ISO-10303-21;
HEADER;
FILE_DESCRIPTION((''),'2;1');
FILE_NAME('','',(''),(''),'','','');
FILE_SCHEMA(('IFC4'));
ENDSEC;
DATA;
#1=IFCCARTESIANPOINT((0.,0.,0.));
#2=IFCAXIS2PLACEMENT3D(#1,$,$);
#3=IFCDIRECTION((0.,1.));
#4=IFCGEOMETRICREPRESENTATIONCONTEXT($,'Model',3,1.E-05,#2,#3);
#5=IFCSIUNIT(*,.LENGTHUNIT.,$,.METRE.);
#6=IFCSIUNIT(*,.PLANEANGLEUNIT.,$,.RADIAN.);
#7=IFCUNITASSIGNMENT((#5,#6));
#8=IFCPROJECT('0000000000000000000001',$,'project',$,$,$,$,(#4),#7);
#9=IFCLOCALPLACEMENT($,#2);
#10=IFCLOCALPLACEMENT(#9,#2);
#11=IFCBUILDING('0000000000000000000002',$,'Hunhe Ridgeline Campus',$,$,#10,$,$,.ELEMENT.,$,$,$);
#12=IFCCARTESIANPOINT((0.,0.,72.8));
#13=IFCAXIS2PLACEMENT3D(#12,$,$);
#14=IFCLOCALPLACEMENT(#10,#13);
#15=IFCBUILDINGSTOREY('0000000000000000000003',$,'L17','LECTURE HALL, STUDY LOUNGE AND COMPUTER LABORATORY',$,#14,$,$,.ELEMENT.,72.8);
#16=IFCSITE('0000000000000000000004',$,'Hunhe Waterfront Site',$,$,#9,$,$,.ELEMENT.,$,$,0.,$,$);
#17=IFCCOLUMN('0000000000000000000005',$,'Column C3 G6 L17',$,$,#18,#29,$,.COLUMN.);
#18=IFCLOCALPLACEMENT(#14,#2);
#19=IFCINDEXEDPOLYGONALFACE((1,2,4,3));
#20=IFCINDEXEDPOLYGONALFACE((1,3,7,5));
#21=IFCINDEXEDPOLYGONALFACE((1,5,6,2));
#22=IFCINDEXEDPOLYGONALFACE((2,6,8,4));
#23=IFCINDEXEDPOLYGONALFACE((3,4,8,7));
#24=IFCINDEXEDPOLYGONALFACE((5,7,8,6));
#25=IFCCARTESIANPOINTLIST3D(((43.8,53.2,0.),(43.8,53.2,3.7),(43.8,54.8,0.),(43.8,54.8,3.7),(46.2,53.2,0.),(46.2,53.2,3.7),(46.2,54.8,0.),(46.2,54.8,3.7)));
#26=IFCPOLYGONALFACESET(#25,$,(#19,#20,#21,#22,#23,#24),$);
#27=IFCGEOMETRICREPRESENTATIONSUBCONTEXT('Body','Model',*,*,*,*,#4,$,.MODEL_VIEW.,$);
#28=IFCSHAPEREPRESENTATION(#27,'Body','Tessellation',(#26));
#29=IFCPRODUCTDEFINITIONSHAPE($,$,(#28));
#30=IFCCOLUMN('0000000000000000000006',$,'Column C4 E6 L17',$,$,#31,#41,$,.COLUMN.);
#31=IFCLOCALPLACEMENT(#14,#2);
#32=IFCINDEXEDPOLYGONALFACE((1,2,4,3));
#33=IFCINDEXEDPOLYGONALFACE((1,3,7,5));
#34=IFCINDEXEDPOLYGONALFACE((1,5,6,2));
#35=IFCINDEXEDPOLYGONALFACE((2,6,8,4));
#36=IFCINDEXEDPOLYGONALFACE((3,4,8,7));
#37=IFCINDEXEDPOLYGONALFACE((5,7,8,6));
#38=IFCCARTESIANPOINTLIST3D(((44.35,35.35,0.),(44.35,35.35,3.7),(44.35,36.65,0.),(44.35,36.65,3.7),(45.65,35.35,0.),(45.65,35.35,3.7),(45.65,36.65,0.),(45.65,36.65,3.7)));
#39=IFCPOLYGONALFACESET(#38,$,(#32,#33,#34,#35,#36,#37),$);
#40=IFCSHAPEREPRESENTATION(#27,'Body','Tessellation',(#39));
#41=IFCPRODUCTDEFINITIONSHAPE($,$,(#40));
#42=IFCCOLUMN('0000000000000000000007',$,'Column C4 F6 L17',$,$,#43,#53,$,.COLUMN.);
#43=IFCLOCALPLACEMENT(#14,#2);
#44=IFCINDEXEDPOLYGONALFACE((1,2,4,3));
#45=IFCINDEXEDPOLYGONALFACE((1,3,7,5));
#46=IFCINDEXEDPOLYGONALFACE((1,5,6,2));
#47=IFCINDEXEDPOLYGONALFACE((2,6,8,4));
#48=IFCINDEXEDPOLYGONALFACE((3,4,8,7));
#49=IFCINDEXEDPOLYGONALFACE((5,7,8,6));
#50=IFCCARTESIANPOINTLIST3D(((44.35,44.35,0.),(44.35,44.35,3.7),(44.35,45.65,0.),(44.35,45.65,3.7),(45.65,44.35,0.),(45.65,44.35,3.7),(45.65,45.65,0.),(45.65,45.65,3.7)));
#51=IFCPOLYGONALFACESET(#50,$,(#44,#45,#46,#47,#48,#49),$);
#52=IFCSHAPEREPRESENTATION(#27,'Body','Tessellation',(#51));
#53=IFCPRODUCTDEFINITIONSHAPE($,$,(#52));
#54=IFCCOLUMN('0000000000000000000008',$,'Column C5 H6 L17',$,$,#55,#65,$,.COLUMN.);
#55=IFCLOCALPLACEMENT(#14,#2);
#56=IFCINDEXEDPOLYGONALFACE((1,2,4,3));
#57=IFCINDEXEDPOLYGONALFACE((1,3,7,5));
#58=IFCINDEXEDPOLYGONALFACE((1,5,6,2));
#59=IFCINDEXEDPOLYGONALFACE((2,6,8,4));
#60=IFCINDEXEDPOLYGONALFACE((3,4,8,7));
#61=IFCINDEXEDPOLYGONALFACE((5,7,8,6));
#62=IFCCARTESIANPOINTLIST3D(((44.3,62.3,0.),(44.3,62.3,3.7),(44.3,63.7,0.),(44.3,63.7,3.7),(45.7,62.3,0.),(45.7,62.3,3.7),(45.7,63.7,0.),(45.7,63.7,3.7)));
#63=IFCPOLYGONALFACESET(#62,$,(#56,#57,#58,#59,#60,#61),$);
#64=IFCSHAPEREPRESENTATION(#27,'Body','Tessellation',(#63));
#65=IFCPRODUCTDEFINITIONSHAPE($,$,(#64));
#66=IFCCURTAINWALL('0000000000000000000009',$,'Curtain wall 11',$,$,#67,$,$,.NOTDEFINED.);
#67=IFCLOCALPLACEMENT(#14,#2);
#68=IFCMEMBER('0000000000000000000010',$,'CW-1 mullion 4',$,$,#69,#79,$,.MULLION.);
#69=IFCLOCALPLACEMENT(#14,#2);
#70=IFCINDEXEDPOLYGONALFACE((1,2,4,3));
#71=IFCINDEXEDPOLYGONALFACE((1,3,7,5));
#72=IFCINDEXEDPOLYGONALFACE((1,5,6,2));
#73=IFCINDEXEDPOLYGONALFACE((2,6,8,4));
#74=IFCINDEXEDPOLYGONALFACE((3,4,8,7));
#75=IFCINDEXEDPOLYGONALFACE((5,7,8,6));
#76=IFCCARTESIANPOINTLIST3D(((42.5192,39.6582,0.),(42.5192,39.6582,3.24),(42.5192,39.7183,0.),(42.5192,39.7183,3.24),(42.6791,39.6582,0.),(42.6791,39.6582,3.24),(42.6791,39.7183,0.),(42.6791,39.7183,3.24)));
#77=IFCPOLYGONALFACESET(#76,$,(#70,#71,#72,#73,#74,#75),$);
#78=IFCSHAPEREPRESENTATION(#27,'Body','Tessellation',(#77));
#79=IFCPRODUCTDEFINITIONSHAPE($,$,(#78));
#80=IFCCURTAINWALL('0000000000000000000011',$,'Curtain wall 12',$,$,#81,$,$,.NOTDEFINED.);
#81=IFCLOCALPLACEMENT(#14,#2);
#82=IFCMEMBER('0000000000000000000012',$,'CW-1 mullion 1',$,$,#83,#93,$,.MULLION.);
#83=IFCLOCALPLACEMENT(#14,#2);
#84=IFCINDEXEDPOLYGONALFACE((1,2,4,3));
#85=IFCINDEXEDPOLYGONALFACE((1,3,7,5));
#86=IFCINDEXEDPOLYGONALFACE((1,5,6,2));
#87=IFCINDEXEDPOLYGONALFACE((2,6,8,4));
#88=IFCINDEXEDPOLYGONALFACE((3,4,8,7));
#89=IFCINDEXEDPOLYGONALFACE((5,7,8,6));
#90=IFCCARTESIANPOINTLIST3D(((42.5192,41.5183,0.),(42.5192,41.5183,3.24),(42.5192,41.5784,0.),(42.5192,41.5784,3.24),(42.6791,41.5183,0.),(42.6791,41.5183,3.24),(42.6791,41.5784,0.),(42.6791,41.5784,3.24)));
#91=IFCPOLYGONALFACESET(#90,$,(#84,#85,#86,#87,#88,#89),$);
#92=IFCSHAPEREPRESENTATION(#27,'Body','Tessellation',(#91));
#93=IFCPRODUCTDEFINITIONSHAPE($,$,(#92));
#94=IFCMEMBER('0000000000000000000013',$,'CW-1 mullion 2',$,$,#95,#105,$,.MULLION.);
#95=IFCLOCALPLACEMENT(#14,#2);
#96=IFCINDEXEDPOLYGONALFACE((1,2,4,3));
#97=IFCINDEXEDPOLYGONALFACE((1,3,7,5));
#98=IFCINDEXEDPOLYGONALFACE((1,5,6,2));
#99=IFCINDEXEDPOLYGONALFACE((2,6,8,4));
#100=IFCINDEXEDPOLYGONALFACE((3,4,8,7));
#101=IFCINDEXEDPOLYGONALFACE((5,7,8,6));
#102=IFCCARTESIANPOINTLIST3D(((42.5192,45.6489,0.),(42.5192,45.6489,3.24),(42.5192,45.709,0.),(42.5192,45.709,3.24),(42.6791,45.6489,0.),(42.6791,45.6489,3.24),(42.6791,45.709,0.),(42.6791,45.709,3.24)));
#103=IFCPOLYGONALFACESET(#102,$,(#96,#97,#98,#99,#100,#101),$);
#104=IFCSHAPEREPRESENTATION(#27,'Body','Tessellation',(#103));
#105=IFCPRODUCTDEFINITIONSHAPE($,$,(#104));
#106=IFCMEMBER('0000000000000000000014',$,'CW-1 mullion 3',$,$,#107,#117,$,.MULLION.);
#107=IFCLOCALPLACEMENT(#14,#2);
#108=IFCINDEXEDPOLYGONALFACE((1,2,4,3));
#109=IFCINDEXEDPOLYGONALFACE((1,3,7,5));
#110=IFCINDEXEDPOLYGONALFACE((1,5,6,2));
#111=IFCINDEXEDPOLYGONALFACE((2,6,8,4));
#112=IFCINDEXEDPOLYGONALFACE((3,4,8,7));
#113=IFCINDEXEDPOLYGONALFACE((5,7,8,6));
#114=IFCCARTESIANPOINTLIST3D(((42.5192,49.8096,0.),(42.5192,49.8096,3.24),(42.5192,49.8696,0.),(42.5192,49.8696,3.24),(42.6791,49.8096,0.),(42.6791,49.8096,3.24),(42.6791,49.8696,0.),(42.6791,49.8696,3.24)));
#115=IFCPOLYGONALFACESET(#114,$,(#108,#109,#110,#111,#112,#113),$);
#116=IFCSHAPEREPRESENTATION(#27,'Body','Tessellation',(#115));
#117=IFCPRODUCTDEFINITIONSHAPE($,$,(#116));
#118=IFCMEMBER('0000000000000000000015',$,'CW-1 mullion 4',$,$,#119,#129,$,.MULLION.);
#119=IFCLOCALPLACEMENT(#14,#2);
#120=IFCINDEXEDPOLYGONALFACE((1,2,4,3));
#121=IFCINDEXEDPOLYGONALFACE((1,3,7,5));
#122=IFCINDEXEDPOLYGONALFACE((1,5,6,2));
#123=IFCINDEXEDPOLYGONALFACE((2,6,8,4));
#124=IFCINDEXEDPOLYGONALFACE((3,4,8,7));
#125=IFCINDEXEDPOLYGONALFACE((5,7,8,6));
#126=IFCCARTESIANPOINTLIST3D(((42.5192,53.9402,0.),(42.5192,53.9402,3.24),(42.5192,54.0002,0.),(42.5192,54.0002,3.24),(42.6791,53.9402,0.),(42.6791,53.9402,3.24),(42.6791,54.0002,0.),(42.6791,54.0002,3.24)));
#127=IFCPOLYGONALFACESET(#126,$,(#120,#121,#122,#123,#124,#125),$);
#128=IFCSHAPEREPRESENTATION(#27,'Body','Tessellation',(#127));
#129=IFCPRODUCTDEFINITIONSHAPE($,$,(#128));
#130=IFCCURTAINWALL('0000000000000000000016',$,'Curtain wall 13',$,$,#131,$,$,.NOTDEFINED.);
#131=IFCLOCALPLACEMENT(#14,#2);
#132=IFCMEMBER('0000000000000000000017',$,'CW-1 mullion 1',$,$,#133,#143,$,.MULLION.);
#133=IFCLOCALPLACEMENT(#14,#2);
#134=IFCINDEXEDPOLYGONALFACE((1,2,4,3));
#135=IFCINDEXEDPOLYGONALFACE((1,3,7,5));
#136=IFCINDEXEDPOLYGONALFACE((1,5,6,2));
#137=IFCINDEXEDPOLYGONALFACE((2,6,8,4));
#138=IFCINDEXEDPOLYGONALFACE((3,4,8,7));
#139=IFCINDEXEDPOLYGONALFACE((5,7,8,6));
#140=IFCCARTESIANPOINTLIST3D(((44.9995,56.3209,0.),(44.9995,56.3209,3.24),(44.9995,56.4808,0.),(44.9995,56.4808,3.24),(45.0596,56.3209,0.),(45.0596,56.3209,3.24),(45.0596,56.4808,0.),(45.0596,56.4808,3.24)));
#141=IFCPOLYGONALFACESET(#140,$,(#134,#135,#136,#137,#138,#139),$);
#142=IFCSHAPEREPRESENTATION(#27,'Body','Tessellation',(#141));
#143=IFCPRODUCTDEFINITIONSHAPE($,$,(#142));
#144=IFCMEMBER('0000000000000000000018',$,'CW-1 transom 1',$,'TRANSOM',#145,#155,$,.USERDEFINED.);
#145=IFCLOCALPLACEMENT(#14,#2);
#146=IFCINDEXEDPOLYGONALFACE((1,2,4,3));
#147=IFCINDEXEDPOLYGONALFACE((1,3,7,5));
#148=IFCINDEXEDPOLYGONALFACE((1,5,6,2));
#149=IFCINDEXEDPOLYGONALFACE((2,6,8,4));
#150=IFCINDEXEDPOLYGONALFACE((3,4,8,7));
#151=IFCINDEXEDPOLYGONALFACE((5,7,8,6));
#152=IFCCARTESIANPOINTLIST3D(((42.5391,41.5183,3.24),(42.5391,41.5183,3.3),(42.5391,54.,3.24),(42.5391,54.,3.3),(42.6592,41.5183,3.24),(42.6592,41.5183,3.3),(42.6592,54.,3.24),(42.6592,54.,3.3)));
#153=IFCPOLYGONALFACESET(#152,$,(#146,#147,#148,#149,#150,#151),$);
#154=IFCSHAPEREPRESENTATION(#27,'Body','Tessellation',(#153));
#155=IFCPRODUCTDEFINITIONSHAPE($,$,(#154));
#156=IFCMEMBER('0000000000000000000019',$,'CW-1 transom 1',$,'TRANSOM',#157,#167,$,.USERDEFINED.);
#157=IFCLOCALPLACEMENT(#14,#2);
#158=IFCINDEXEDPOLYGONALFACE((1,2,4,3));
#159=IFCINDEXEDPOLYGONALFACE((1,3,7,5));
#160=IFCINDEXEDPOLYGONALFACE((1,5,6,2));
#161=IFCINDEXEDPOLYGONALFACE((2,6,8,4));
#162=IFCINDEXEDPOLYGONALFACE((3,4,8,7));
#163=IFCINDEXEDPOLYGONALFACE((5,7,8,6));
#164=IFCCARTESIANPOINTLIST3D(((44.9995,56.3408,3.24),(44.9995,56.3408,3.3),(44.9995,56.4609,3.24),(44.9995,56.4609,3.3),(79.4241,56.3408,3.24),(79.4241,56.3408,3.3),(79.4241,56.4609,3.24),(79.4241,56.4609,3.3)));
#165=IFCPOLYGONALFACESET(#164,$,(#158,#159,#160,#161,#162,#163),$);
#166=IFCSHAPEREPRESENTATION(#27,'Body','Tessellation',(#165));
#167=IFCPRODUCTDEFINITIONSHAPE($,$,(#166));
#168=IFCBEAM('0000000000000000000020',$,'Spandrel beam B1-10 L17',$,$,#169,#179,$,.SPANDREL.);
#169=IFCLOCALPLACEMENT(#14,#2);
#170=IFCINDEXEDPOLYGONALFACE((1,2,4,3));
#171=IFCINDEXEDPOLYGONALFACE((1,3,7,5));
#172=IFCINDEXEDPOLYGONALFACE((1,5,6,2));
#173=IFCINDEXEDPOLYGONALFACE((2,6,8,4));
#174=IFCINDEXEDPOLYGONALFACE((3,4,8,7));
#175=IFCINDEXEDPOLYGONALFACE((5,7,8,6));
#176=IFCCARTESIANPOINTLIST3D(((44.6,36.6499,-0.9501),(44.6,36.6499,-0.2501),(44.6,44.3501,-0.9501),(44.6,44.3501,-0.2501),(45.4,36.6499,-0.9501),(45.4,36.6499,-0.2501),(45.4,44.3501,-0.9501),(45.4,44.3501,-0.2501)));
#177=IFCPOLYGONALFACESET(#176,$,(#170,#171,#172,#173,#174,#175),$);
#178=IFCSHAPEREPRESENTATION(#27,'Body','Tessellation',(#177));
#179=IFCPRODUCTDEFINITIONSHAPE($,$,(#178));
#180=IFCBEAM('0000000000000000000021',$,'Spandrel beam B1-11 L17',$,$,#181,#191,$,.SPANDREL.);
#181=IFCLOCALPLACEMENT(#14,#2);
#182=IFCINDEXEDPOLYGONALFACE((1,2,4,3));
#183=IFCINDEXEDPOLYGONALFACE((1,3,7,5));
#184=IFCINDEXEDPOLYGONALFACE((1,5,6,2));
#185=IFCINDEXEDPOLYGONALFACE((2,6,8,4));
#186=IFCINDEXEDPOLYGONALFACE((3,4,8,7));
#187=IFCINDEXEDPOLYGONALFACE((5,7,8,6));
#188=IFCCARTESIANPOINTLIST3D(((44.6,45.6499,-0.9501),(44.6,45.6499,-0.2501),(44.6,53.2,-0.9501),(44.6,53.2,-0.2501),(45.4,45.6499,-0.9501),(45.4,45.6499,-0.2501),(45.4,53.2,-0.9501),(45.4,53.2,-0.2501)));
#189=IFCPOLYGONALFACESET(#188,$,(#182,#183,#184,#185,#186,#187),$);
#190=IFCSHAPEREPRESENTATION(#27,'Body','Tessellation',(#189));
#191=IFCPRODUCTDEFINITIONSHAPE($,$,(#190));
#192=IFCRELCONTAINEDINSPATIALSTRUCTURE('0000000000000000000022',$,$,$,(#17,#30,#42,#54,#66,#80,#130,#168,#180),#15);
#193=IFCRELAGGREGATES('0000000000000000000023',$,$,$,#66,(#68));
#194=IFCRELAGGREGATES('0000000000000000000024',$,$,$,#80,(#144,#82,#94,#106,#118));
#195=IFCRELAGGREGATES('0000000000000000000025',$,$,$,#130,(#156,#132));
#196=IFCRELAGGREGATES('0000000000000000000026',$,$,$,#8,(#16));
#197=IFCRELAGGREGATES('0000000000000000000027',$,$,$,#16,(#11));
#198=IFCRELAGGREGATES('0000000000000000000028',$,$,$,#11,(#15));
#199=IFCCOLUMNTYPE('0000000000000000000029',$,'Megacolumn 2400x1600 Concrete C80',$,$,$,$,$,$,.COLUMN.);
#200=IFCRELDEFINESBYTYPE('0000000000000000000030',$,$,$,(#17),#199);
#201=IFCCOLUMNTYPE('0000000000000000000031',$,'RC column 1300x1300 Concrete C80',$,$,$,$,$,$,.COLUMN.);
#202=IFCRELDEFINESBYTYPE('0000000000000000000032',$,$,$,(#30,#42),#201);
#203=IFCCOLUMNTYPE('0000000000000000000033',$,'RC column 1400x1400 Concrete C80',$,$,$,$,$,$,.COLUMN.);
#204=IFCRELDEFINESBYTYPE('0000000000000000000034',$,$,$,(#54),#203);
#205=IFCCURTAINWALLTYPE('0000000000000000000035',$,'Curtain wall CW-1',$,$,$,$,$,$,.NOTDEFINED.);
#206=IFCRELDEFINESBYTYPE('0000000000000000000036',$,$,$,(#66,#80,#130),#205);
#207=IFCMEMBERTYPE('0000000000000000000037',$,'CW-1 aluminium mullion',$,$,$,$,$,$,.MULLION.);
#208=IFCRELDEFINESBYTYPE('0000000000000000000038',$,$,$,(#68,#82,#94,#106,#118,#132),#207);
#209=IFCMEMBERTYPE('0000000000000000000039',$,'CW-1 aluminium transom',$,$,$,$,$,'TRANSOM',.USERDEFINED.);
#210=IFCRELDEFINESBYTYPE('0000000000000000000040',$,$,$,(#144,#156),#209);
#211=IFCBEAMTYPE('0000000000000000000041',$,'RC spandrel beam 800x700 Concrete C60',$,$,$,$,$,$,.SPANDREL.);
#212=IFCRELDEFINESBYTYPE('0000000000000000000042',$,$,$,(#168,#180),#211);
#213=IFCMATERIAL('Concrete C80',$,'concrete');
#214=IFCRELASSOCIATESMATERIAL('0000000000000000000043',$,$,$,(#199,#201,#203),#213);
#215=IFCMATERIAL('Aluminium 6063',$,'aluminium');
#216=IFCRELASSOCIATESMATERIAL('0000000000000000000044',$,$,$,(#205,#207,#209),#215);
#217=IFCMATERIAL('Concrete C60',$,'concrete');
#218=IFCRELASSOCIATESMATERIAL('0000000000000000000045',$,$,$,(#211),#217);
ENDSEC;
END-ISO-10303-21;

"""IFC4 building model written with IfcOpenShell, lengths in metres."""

from ifc_helpers import new_model, si_unit, direction, frame, origin, origin_2d, place, context, subcontext, project, spatial, rectangle, extrude, material, material_profile, profile_set, type_object, element, aggregate, save


model = new_model("IFC4")

# Units and contexts
model_context = context("Model", 3, precision=1e-05, world=origin(), true_north=direction((0.0, 1.0)))
body_context = subcontext(model_context, "Body", "Model", "MODEL_VIEW")
ifc_project = project(units=[si_unit("LENGTHUNIT", "METRE"), si_unit("PLANEANGLEUNIT", "RADIAN")], contexts=[model_context])

# Site, building, storey
site_placement = place(None, origin())
site = spatial("IfcSite", under=ifc_project, at=site_placement, Name="Hunhe Waterfront Site", CompositionType="ELEMENT", RefElevation=0.0)
building_placement = place(site_placement, origin())
building = spatial("IfcBuilding", under=site, at=building_placement, Name="Hunhe Ridgeline Campus", CompositionType="ELEMENT")
storey_placement = place(building_placement, frame((0.0, 0.0, 72.8)))
storey = spatial("IfcBuildingStorey", under=building, at=storey_placement, Name="L17", Description="LECTURE HALL, STUDY LOUNGE AND COMPUTER LABORATORY", CompositionType="ELEMENT", Elevation=72.8)

# Columns
ifc_material_1 = material(Name="Concrete C80", Category="concrete")
ifc_material_profile_1 = material_profile(ifc_material_1, rectangle(XDim=2.3999, YDim=1.6001, at=origin_2d()))
ifc_profile_set_1 = profile_set([ifc_material_profile_1], Name="Concrete C80")
column_type_1 = type_object("IfcColumnType", Name="Megacolumn 2400x1600 Concrete C80", PredefinedType="COLUMN", material=ifc_profile_set_1)
column_1_placement = place(storey_placement, frame((45.0, 54.0, 0.0), z_axis=(0.0, 0.0, 1.0), x_axis=(1.0, 0.0, 0.0)))
element("IfcColumn", 1, at=column_1_placement, inside=storey, type_object=column_type_1, Name="Column C3 G6 L17", PredefinedType="COLUMN", context=body_context, shape_type="SweptSolid", body=[
    extrude(rectangle(XDim=2.3999, YDim=1.6001, at=origin_2d()), origin(), (0.0, 0.0, 1.0), 3.7),
])
ifc_material_profile_2 = material_profile(ifc_material_1, rectangle(XDim=1.3, YDim=1.3, at=origin_2d()))
ifc_profile_set_2 = profile_set([ifc_material_profile_2], Name="Concrete C80")
column_type_2 = type_object("IfcColumnType", Name="RC column 1300x1300 Concrete C80", PredefinedType="COLUMN", material=ifc_profile_set_2)
for number, where, z_axis, x_axis, name in (
    (2, (45.0, 36.0, 0.0), (0.0, 0.0, 1.0), (1.0, 0.0, 0.0), "Column C4 E6 L17"),
    (3, (45.0, 45.0, 0.0), (0.0, 0.0, 1.0), (1.0, 0.0, 0.0), "Column C4 F6 L17"),
):
    element("IfcColumn", number, at=place(storey_placement, frame(where, z_axis=z_axis, x_axis=x_axis)), inside=storey, type_object=column_type_2, Name=name, PredefinedType="COLUMN", context=body_context, shape_type="SweptSolid", body=[
        extrude(rectangle(XDim=1.3, YDim=1.3, at=origin_2d()), origin(), (0.0, 0.0, 1.0), 3.7),
    ])
ifc_material_profile_3 = material_profile(ifc_material_1, rectangle(XDim=1.3999, YDim=1.3999, at=origin_2d()))
ifc_profile_set_3 = profile_set([ifc_material_profile_3], Name="Concrete C80")
column_type_3 = type_object("IfcColumnType", Name="RC column 1400x1400 Concrete C80", PredefinedType="COLUMN", material=ifc_profile_set_3)
column_2_placement = place(storey_placement, frame((45.0, 63.0, 0.0), z_axis=(0.0, 0.0, 1.0), x_axis=(1.0, 0.0, 0.0)))
element("IfcColumn", 4, at=column_2_placement, inside=storey, type_object=column_type_3, Name="Column C5 H6 L17", PredefinedType="COLUMN", context=body_context, shape_type="SweptSolid", body=[
    extrude(rectangle(XDim=1.3999, YDim=1.3999, at=origin_2d()), origin(), (0.0, 0.0, 1.0), 3.7),
])

# Curtain wall, member
ifc_material_2 = material(Name="Aluminium 6063", Category="aluminium")
curtain_wall_type = type_object("IfcCurtainWallType", Name="Curtain wall CW-1", PredefinedType="NOTDEFINED", material=ifc_material_2)
curtain_wall_1_placement = place(storey_placement, origin())
curtain_wall_1 = element("IfcCurtainWall", 5, at=curtain_wall_1_placement, inside=storey, type_object=curtain_wall_type, Name="Curtain wall 11", PredefinedType="NOTDEFINED")
ifc_material_profile_4 = material_profile(ifc_material_2, rectangle(XDim=0.1599, YDim=0.0601, at=origin_2d()))
ifc_profile_set_4 = profile_set([ifc_material_profile_4], Name="Aluminium 6063")
member_type_1 = type_object("IfcMemberType", Name="CW-1 aluminium mullion", PredefinedType="MULLION", material=ifc_profile_set_4)
member_1_placement = place(storey_placement, frame((42.5991, 39.6882, 0.0), z_axis=(0.0, 0.0, 1.0), x_axis=(-1.0, 0.0, 0.0)))
member_1 = element("IfcMember", 6, at=member_1_placement, type_object=member_type_1, Name="CW-1 mullion 4", PredefinedType="MULLION", context=body_context, shape_type="SweptSolid", body=[
    extrude(rectangle(XDim=0.1599, YDim=0.0601, at=origin_2d()), origin(), (0.0, 0.0, 1.0), 3.24),
])

# Curtain wall, members
curtain_wall_2_placement = place(storey_placement, origin())
curtain_wall_2 = element("IfcCurtainWall", 7, at=curtain_wall_2_placement, inside=storey, type_object=curtain_wall_type, Name="Curtain wall 12", PredefinedType="NOTDEFINED")
member_2_placement = place(storey_placement, frame((42.5991, 41.5483, 0.0), z_axis=(0.0, 0.0, 1.0), x_axis=(-1.0, 0.0, 0.0)))
member_2 = element("IfcMember", 8, at=member_2_placement, type_object=member_type_1, Name="CW-1 mullion 1", PredefinedType="MULLION", context=body_context, shape_type="SweptSolid", body=[
    extrude(rectangle(XDim=0.1599, YDim=0.0601, at=origin_2d()), origin(), (0.0, 0.0, 1.0), 3.24),
])
member_3_placement = place(storey_placement, frame((42.5991, 45.679, 0.0), z_axis=(0.0, 0.0, 1.0), x_axis=(-1.0, 0.0, 0.0)))
member_3 = element("IfcMember", 9, at=member_3_placement, type_object=member_type_1, Name="CW-1 mullion 2", PredefinedType="MULLION", context=body_context, shape_type="SweptSolid", body=[
    extrude(rectangle(XDim=0.1599, YDim=0.0601, at=origin_2d()), origin(), (0.0, 0.0, 1.0), 3.24),
])
member_4_placement = place(storey_placement, frame((42.5991, 49.8396, 0.0), z_axis=(0.0, 0.0, 1.0), x_axis=(-1.0, 0.0, 0.0)))
member_4 = element("IfcMember", 10, at=member_4_placement, type_object=member_type_1, Name="CW-1 mullion 3", PredefinedType="MULLION", context=body_context, shape_type="SweptSolid", body=[
    extrude(rectangle(XDim=0.1599, YDim=0.0601, at=origin_2d()), origin(), (0.0, 0.0, 1.0), 3.24),
])
member_5_placement = place(storey_placement, frame((42.5991, 53.9702, 0.0), z_axis=(0.0, 0.0, 1.0), x_axis=(-1.0, 0.0, 0.0)))
member_5 = element("IfcMember", 11, at=member_5_placement, type_object=member_type_1, Name="CW-1 mullion 4", PredefinedType="MULLION", context=body_context, shape_type="SweptSolid", body=[
    extrude(rectangle(XDim=0.1599, YDim=0.0601, at=origin_2d()), origin(), (0.0, 0.0, 1.0), 3.24),
])

# Curtain wall, member
curtain_wall_3_placement = place(storey_placement, origin())
curtain_wall_3 = element("IfcCurtainWall", 12, at=curtain_wall_3_placement, inside=storey, type_object=curtain_wall_type, Name="Curtain wall 13", PredefinedType="NOTDEFINED")
member_6_placement = place(storey_placement, frame((45.0295, 56.4009, 0.0), z_axis=(0.0, 0.0, 1.0), x_axis=(-0.000004, 1.0, 0.0)))
member_6 = element("IfcMember", 13, at=member_6_placement, type_object=member_type_1, Name="CW-1 mullion 1", PredefinedType="MULLION", context=body_context, shape_type="SweptSolid", body=[
    extrude(rectangle(XDim=0.1599, YDim=0.0601, at=origin_2d()), origin(), (0.0, 0.0, 1.0), 3.24),
])

# Members
ifc_material_profile_5 = material_profile(ifc_material_2, rectangle(XDim=0.1201, YDim=0.0601, at=origin_2d()))
ifc_profile_set_5 = profile_set([ifc_material_profile_5], Name="Aluminium 6063")
member_type_2 = type_object("IfcMemberType", Name="CW-1 aluminium transom", ElementType="TRANSOM", PredefinedType="USERDEFINED", material=ifc_profile_set_5)
member_7_placement = place(storey_placement, frame((42.5991, 41.5183, 3.27), z_axis=(0.0, 1.0, 0.0), x_axis=(-1.0, 0.0, 0.0)))
member_7 = element("IfcMember", 14, at=member_7_placement, type_object=member_type_2, Name="CW-1 transom 1", ObjectType="TRANSOM", PredefinedType="USERDEFINED", context=body_context, shape_type="SweptSolid", body=[
    extrude(rectangle(XDim=0.1201, YDim=0.0601, at=origin_2d()), origin(), (0.0, 0.0, 1.0), 12.4817),
])
member_8_placement = place(storey_placement, frame((44.9995, 56.4009, 3.27), z_axis=(1.0, 0.0, 0.0), x_axis=(0.0, 1.0, 0.0)))
member_8 = element("IfcMember", 15, at=member_8_placement, type_object=member_type_2, Name="CW-1 transom 1", ObjectType="TRANSOM", PredefinedType="USERDEFINED", context=body_context, shape_type="SweptSolid", body=[
    extrude(rectangle(XDim=0.1201, YDim=0.0601, at=origin_2d()), origin(), (0.0, 0.0, 1.0), 34.4246),
])

# Beams
ifc_material_3 = material(Name="Concrete C60", Category="concrete")
ifc_material_profile_6 = material_profile(ifc_material_3, rectangle(XDim=0.8, YDim=0.7, at=origin_2d()))
ifc_profile_set_6 = profile_set([ifc_material_profile_6], Name="Concrete C60")
beam_type = type_object("IfcBeamType", Name="RC spandrel beam 800x700 Concrete C60", PredefinedType="SPANDREL", material=ifc_profile_set_6)
beam_1_placement = place(storey_placement, frame((45.0, 36.6499, -0.6001), z_axis=(0.0, 1.0, 0.0), x_axis=(-1.0, 0.0, 0.0)))
element("IfcBeam", 16, at=beam_1_placement, inside=storey, type_object=beam_type, Name="Spandrel beam B1-10 L17", PredefinedType="SPANDREL", context=body_context, shape_type="SweptSolid", body=[
    extrude(rectangle(XDim=0.8, YDim=0.7, at=origin_2d()), origin(), (0.0, 0.0, 1.0), 7.7002),
])
beam_2_placement = place(storey_placement, frame((45.0, 45.6499, -0.6001), z_axis=(0.0, 1.0, 0.0), x_axis=(-1.0, 0.0, 0.0)))
element("IfcBeam", 17, at=beam_2_placement, inside=storey, type_object=beam_type, Name="Spandrel beam B1-11 L17", PredefinedType="SPANDREL", context=body_context, shape_type="SweptSolid", body=[
    extrude(rectangle(XDim=0.8, YDim=0.7, at=origin_2d()), origin(), (0.0, 0.0, 1.0), 7.55),
])

aggregate(curtain_wall_1, [member_1])
aggregate(curtain_wall_2, [member_7, member_2, member_3, member_4, member_5])
aggregate(curtain_wall_3, [member_8, member_6])

save(model, "model.ifc")
